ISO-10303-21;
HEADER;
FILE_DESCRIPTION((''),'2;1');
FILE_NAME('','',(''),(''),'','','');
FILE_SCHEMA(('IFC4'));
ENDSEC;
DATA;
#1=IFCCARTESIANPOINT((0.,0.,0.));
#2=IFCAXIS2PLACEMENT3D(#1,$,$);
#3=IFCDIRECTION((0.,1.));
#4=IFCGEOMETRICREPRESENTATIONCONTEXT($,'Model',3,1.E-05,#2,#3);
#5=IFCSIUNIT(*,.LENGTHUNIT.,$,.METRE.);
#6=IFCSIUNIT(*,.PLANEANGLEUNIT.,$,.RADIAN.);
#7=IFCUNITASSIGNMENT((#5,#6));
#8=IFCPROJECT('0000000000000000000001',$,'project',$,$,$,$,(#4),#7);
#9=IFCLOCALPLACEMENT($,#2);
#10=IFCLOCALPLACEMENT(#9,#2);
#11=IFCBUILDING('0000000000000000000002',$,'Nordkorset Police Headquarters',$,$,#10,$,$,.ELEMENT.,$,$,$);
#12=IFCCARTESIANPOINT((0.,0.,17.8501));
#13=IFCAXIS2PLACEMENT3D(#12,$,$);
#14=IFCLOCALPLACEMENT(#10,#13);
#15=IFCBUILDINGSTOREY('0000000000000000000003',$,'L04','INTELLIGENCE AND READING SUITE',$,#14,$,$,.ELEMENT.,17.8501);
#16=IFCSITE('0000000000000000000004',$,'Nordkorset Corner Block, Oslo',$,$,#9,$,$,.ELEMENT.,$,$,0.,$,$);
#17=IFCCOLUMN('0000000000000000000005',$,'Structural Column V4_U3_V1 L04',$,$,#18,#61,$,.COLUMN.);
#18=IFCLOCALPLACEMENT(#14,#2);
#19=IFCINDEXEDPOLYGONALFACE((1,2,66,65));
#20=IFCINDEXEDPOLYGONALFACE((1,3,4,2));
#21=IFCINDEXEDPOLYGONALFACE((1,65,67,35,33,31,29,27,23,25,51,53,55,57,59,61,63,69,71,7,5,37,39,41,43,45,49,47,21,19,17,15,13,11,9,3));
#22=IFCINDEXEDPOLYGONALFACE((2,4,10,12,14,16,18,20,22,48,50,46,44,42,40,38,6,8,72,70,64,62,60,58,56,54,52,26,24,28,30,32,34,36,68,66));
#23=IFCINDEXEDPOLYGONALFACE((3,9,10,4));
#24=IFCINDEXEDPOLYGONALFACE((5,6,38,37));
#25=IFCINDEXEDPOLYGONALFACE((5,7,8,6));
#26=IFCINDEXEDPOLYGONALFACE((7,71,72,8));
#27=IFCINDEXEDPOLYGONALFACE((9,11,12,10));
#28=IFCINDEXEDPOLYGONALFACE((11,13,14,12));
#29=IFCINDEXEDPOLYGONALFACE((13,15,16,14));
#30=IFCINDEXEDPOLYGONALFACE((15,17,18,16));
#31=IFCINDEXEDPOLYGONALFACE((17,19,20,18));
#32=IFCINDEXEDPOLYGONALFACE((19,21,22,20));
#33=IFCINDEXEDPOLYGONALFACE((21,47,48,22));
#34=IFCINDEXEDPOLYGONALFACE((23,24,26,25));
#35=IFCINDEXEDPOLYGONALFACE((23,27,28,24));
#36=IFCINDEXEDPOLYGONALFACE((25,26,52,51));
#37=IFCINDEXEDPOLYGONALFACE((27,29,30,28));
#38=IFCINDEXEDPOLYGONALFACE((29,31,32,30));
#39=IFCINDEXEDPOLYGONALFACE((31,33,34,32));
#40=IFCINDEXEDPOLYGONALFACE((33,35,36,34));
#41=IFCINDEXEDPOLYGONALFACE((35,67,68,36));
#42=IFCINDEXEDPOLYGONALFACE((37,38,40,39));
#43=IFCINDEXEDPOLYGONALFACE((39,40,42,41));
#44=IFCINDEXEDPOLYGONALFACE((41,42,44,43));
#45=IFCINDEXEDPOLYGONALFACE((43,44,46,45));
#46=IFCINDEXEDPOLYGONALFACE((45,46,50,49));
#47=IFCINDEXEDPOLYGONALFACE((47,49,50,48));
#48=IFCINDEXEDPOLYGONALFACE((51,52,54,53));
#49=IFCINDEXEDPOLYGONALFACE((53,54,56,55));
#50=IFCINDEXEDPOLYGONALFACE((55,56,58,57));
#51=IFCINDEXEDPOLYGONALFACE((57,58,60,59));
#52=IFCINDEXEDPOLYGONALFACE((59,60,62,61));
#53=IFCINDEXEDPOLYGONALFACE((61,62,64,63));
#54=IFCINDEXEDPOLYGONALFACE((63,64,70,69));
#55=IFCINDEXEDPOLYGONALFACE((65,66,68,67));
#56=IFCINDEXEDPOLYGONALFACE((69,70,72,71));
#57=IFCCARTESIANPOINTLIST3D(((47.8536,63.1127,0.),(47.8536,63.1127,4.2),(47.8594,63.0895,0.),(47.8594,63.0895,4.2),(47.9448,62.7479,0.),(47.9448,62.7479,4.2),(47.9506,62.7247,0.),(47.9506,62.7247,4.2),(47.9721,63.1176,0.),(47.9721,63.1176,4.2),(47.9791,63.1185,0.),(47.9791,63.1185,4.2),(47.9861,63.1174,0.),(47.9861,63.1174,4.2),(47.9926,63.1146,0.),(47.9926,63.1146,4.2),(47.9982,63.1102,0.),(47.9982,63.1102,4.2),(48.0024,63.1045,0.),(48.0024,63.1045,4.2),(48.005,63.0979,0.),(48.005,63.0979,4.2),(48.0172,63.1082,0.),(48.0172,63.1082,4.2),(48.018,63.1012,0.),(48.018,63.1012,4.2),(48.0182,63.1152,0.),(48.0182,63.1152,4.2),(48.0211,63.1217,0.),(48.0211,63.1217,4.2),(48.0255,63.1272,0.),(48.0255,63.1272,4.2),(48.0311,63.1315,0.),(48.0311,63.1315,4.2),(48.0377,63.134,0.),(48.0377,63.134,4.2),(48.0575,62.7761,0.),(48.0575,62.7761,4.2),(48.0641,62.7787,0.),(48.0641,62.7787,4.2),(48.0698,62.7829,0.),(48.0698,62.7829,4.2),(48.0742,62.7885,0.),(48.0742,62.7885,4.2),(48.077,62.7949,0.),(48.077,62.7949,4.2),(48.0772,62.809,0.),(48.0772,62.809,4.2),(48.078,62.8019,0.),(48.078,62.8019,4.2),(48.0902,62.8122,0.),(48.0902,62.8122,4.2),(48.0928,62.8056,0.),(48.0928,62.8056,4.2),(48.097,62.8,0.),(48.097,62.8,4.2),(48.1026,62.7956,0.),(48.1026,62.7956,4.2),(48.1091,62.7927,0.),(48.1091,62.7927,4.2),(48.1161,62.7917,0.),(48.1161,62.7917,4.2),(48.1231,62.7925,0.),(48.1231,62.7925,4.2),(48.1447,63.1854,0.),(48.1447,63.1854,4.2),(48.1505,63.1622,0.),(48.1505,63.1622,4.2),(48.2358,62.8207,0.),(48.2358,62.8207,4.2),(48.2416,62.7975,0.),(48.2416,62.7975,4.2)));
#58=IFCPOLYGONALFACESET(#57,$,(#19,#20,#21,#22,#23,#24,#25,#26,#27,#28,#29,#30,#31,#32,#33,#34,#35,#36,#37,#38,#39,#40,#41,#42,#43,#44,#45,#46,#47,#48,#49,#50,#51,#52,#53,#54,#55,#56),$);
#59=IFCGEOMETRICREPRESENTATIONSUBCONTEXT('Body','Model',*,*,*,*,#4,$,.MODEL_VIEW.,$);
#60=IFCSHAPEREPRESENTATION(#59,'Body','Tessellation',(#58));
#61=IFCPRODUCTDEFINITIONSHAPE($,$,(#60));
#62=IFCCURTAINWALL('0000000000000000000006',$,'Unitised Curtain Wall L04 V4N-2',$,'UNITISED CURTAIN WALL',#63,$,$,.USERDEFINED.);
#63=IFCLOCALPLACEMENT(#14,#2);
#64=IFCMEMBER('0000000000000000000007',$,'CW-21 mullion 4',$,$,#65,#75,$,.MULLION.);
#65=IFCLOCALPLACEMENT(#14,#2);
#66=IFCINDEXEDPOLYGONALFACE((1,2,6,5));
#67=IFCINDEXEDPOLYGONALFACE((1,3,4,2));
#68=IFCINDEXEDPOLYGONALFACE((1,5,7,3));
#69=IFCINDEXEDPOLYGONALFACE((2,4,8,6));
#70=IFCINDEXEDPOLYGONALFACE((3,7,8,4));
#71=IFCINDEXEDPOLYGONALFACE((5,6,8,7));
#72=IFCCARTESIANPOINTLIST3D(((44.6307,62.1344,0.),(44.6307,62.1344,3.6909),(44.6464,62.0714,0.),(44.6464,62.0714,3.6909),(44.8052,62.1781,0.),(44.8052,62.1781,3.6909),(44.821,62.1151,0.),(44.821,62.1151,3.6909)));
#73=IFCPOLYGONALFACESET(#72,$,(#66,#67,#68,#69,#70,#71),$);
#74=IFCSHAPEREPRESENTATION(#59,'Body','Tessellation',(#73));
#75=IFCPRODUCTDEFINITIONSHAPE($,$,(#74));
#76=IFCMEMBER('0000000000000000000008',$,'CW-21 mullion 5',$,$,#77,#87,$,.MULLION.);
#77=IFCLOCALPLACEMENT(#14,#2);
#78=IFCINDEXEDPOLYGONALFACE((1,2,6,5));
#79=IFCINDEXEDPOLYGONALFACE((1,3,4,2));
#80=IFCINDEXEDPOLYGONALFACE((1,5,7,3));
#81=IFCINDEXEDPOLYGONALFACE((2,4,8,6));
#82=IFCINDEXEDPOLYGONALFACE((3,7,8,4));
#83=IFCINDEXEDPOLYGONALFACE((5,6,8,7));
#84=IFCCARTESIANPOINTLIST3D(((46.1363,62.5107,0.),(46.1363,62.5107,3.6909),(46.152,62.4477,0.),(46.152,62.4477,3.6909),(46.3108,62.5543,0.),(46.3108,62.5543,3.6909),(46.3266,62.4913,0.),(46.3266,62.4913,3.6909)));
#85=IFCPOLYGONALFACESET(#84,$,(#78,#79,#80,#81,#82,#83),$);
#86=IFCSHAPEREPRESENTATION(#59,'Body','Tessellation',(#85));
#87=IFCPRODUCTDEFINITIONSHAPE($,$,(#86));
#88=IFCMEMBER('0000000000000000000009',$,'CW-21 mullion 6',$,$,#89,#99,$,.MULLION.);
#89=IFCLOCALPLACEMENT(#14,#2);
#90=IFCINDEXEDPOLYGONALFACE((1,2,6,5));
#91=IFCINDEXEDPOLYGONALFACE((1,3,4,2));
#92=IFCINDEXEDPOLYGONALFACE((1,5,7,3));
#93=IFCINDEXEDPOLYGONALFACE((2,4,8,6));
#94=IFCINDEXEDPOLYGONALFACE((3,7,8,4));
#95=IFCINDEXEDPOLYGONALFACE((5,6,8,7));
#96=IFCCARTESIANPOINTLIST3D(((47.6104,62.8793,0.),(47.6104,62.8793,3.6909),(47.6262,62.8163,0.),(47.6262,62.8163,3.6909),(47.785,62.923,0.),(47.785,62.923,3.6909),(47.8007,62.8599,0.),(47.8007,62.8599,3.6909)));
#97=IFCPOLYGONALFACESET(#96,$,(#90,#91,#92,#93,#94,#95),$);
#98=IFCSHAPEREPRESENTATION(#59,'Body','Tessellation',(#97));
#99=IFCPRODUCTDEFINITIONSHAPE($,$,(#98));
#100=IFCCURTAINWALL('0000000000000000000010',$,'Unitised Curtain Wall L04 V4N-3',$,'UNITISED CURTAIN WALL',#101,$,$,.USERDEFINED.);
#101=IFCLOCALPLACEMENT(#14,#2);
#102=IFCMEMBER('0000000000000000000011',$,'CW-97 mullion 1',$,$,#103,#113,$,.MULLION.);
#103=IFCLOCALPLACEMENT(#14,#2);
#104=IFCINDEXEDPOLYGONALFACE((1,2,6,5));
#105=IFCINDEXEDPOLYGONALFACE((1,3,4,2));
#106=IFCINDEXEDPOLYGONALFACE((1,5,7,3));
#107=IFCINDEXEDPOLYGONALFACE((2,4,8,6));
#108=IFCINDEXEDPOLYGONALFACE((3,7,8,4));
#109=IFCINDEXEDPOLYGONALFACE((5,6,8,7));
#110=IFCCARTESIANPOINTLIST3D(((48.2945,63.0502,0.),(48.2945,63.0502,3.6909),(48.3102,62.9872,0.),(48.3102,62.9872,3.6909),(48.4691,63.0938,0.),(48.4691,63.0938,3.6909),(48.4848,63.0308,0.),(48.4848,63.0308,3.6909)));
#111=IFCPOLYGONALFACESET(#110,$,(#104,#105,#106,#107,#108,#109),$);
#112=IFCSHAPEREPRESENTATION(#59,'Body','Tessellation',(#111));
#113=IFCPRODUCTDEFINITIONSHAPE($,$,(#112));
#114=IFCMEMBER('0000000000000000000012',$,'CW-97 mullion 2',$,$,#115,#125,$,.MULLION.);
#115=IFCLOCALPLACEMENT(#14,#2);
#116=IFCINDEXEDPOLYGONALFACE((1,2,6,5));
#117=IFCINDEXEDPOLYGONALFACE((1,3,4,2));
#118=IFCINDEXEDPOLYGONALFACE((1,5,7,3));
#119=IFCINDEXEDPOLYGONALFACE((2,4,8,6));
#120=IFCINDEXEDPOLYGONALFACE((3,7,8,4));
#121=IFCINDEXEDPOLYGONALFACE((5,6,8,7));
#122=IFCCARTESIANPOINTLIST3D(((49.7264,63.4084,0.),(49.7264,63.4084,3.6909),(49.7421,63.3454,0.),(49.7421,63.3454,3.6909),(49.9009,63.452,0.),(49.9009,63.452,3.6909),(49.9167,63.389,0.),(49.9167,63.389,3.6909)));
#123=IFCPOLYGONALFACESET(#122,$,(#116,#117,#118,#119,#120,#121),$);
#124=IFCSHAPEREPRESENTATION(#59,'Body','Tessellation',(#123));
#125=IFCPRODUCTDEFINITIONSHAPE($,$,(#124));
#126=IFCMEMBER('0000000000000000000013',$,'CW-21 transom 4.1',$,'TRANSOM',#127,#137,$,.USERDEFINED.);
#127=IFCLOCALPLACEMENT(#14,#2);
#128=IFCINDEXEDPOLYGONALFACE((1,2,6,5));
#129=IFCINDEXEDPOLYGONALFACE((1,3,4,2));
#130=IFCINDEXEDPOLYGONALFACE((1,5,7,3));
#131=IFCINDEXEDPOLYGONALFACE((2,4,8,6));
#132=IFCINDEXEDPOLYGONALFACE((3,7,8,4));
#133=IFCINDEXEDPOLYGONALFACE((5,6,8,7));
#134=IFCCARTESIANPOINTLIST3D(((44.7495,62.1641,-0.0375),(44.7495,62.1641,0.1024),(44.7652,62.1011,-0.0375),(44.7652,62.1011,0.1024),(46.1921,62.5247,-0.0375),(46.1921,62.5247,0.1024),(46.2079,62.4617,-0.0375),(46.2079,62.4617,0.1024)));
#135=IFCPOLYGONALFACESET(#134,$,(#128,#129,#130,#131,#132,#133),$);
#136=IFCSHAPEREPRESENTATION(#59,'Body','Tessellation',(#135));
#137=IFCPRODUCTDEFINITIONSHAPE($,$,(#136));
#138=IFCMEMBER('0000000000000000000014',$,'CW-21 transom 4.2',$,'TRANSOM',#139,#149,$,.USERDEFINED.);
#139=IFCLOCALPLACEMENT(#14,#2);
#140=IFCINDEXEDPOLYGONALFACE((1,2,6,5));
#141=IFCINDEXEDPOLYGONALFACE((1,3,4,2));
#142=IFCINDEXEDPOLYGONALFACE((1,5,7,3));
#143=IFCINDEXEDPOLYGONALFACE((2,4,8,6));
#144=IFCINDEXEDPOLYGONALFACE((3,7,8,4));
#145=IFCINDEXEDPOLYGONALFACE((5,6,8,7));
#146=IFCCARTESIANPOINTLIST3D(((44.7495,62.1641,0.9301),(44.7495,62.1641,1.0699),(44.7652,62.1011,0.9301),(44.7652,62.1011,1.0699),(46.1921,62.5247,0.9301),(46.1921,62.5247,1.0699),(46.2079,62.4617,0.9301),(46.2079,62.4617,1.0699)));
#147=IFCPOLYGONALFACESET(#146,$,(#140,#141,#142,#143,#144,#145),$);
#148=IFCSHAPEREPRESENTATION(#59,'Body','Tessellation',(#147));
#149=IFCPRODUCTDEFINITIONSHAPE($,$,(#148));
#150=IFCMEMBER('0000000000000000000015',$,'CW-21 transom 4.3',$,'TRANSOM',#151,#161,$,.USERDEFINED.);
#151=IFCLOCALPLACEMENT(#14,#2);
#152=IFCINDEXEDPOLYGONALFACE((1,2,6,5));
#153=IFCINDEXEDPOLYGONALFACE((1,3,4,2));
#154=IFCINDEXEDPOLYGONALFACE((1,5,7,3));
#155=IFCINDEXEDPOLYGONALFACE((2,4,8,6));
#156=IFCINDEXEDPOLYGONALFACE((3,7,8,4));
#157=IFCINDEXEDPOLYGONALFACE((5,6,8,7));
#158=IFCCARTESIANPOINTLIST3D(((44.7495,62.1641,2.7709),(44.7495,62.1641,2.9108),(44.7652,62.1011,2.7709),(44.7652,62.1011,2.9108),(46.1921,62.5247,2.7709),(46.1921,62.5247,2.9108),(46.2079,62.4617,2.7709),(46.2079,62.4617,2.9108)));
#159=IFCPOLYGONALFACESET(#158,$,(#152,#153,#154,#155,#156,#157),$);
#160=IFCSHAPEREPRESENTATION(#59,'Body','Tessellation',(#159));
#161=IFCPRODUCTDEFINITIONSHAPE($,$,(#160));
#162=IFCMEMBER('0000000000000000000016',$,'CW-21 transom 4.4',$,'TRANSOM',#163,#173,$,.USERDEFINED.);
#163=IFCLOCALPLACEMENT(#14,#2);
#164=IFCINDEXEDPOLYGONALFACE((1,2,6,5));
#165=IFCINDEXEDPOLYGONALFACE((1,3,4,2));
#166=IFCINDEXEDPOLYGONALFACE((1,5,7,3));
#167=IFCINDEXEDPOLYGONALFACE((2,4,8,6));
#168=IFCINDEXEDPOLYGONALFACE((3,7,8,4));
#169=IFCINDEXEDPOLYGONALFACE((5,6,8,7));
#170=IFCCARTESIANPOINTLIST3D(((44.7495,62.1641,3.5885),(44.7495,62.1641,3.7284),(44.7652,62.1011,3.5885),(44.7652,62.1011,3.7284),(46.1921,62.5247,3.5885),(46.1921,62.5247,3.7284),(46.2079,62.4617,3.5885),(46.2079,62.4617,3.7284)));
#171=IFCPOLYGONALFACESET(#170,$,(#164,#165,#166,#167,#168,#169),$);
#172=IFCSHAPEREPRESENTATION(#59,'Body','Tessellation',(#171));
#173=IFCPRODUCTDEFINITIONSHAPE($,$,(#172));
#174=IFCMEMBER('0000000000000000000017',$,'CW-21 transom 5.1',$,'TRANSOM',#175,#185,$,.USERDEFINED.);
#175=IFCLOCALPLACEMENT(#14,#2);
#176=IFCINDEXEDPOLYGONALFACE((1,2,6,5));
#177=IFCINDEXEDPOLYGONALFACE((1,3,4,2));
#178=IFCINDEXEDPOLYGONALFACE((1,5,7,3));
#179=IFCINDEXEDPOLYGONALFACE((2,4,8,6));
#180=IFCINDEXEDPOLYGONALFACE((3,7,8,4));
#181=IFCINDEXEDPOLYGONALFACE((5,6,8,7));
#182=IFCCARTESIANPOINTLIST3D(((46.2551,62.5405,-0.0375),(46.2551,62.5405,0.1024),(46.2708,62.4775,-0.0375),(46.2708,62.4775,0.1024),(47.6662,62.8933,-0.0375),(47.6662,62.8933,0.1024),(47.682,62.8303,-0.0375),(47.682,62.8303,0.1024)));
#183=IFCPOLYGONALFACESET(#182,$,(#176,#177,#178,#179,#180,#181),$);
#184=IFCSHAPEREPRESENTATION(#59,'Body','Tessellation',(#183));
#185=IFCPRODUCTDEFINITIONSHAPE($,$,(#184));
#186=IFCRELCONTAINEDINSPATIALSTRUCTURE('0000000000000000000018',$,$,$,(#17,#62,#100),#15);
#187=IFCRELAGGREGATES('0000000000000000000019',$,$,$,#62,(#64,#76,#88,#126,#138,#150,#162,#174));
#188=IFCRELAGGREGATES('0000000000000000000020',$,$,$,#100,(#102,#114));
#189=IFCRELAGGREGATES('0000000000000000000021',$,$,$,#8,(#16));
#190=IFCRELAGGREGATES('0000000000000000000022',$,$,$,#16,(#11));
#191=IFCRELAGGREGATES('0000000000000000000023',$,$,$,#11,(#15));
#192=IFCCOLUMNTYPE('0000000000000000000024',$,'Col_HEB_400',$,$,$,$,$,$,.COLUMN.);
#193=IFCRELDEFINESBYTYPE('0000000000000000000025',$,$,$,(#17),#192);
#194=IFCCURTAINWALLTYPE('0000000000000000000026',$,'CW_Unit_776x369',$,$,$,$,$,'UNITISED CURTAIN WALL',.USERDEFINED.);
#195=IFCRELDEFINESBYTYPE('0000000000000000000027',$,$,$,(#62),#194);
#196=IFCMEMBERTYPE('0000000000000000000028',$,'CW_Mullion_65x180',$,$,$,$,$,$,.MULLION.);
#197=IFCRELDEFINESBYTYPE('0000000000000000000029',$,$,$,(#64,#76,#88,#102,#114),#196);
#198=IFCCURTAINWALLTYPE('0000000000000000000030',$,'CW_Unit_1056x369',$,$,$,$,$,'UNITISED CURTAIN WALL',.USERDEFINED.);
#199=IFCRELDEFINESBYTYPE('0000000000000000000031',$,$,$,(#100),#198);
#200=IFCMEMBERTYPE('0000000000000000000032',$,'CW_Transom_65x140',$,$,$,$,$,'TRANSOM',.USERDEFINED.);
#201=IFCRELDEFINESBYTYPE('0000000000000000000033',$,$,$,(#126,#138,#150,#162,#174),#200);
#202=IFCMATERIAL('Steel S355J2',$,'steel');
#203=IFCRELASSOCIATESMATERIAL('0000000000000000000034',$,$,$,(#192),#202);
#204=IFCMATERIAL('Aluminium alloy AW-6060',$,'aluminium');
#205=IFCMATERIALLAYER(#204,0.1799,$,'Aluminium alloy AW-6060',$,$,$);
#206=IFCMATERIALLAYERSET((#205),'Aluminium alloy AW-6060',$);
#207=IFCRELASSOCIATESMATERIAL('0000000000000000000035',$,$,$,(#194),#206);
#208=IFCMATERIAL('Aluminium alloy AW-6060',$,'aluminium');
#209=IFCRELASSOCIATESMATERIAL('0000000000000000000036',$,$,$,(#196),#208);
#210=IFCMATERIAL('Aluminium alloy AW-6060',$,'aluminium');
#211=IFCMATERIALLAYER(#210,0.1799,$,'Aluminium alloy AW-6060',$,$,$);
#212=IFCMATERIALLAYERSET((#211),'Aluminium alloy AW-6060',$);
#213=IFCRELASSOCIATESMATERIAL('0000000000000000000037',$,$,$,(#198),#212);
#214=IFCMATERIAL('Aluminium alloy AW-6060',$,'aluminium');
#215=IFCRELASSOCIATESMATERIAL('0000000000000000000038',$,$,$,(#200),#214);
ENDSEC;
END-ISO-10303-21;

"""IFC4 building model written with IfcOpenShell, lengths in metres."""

from ifc_helpers import new_model, si_unit, direction, frame, origin, origin_2d, place, context, subcontext, project, spatial, rectangle, i_section, extrude, material, layer, layer_set, material_profile, profile_set, type_object, element, aggregate, save


model = new_model("IFC4")

# Units and contexts
model_context = context("Model", 3, precision=1e-05, world=origin(), true_north=direction((0.0, 1.0)))
body_context = subcontext(model_context, "Body", "Model", "MODEL_VIEW")
ifc_project = project(units=[si_unit("LENGTHUNIT", "METRE"), si_unit("PLANEANGLEUNIT", "RADIAN")], contexts=[model_context])

# Site, building, storey
site_placement = place(None, origin())
site = spatial("IfcSite", under=ifc_project, at=site_placement, Name="Nordkorset Corner Block, Oslo", CompositionType="ELEMENT", RefElevation=0.0)
building_placement = place(site_placement, origin())
building = spatial("IfcBuilding", under=site, at=building_placement, Name="Nordkorset Police Headquarters", CompositionType="ELEMENT")
storey_placement = place(building_placement, frame((0.0, 0.0, 17.8501)))
storey = spatial("IfcBuildingStorey", under=building, at=storey_placement, Name="L04", Description="INTELLIGENCE AND READING SUITE", CompositionType="ELEMENT", Elevation=17.8501)

# Column
ifc_material_1 = material(Name="Steel S355J2", Category="steel")
ifc_material_profile_1 = material_profile(ifc_material_1, i_section(OverallWidth=0.3, OverallDepth=0.3999, WebThickness=0.0134, FlangeThickness=0.0239, FilletRadius=0.0271, at=origin_2d()), Name="HEB 400")
ifc_profile_set_1 = profile_set([ifc_material_profile_1], Name="Steel S355J2")
column_type = type_object("IfcColumnType", Name="Col_HEB_400", PredefinedType="COLUMN", material=ifc_profile_set_1)
column_placement = place(storey_placement, frame((48.0476, 62.9551, 0.0), z_axis=(0.0, 0.0, 1.0), x_axis=(0.970143, 0.242536, 0.0)))
element("IfcColumn", 1, at=column_placement, inside=storey, type_object=column_type, Name="Structural Column V4_U3_V1 L04", PredefinedType="COLUMN", context=body_context, shape_type="SweptSolid", body=[
    extrude(i_section(OverallWidth=0.3, OverallDepth=0.3999, WebThickness=0.0134, FlangeThickness=0.0239, FilletRadius=0.0271, at=origin_2d()), origin(), (0.0, 0.0, 1.0), 4.2),
])

# Curtain walls, members
ifc_material_2 = material(Name="Aluminium alloy AW-6060", Category="aluminium")
ifc_layer_1 = layer(ifc_material_2, 0.1799, Name="Aluminium alloy AW-6060")
ifc_layer_set_1 = layer_set([ifc_layer_1], Name="Aluminium alloy AW-6060")
curtain_wall_type_1 = type_object("IfcCurtainWallType", Name="CW_Unit_776x369", ElementType="UNITISED CURTAIN WALL", PredefinedType="USERDEFINED", material=ifc_layer_set_1)
curtain_wall_1_placement = place(storey_placement, origin())
curtain_wall_1 = element("IfcCurtainWall", 2, at=curtain_wall_1_placement, inside=storey, type_object=curtain_wall_type_1, Name="Unitised Curtain Wall L04 V4N-2", ObjectType="UNITISED CURTAIN WALL", PredefinedType="USERDEFINED")
ifc_material_3 = material(Name="Aluminium alloy AW-6060", Category="aluminium")
ifc_material_profile_2 = material_profile(ifc_material_3, rectangle(XDim=0.0649, YDim=0.1799, at=origin_2d()), Name="ALU MULL 65x180")
ifc_profile_set_2 = profile_set([ifc_material_profile_2], Name="Aluminium alloy AW-6060")
member_type_1 = type_object("IfcMemberType", Name="CW_Mullion_65x180", PredefinedType="MULLION", material=ifc_profile_set_2)
member_1_placement = place(storey_placement, frame((44.7258, 62.1248, 0.0), z_axis=(0.0, 0.0, 1.0), x_axis=(-0.242536, 0.970142, 0.0)))
member_1 = element("IfcMember", 3, at=member_1_placement, type_object=member_type_1, Name="CW-21 mullion 4", PredefinedType="MULLION", context=body_context, shape_type="SweptSolid", body=[
    extrude(rectangle(XDim=0.0649, YDim=0.1799, at=origin_2d()), origin(), (0.0, 0.0, 1.0), 3.6909),
])
member_2_placement = place(storey_placement, frame((46.2314, 62.501, 0.0), z_axis=(0.0, 0.0, 1.0), x_axis=(-0.242536, 0.970142, 0.0)))
member_2 = element("IfcMember", 4, at=member_2_placement, type_object=member_type_1, Name="CW-21 mullion 5", PredefinedType="MULLION", context=body_context, shape_type="SweptSolid", body=[
    extrude(rectangle(XDim=0.0649, YDim=0.1799, at=origin_2d()), origin(), (0.0, 0.0, 1.0), 3.6909),
])
member_3_placement = place(storey_placement, frame((47.7056, 62.8696, 0.0), z_axis=(0.0, 0.0, 1.0), x_axis=(-0.242536, 0.970142, 0.0)))
member_3 = element("IfcMember", 5, at=member_3_placement, type_object=member_type_1, Name="CW-21 mullion 6", PredefinedType="MULLION", context=body_context, shape_type="SweptSolid", body=[
    extrude(rectangle(XDim=0.0649, YDim=0.1799, at=origin_2d()), origin(), (0.0, 0.0, 1.0), 3.6909),
])
ifc_material_4 = material(Name="Aluminium alloy AW-6060", Category="aluminium")
ifc_layer_2 = layer(ifc_material_4, 0.1799, Name="Aluminium alloy AW-6060")
ifc_layer_set_2 = layer_set([ifc_layer_2], Name="Aluminium alloy AW-6060")
curtain_wall_type_2 = type_object("IfcCurtainWallType", Name="CW_Unit_1056x369", ElementType="UNITISED CURTAIN WALL", PredefinedType="USERDEFINED", material=ifc_layer_set_2)
curtain_wall_2_placement = place(storey_placement, origin())
curtain_wall_2 = element("IfcCurtainWall", 6, at=curtain_wall_2_placement, inside=storey, type_object=curtain_wall_type_2, Name="Unitised Curtain Wall L04 V4N-3", ObjectType="UNITISED CURTAIN WALL", PredefinedType="USERDEFINED")
member_4_placement = place(storey_placement, frame((48.3896, 63.0405, 0.0), z_axis=(0.0, 0.0, 1.0), x_axis=(-0.242536, 0.970142, 0.0)))
member_4 = element("IfcMember", 7, at=member_4_placement, type_object=member_type_1, Name="CW-97 mullion 1", PredefinedType="MULLION", context=body_context, shape_type="SweptSolid", body=[
    extrude(rectangle(XDim=0.0649, YDim=0.1799, at=origin_2d()), origin(), (0.0, 0.0, 1.0), 3.6909),
])
member_5_placement = place(storey_placement, frame((49.8215, 63.3987, 0.0), z_axis=(0.0, 0.0, 1.0), x_axis=(-0.242536, 0.970142, 0.0)))
member_5 = element("IfcMember", 8, at=member_5_placement, type_object=member_type_1, Name="CW-97 mullion 2", PredefinedType="MULLION", context=body_context, shape_type="SweptSolid", body=[
    extrude(rectangle(XDim=0.0649, YDim=0.1799, at=origin_2d()), origin(), (0.0, 0.0, 1.0), 3.6909),
])

# Members
ifc_material_5 = material(Name="Aluminium alloy AW-6060", Category="aluminium")
ifc_material_profile_3 = material_profile(ifc_material_5, rectangle(XDim=0.0649, YDim=0.1399, at=origin_2d()), Name="ALU TRAN 65x140")
ifc_profile_set_3 = profile_set([ifc_material_profile_3], Name="Aluminium alloy AW-6060")
member_type_2 = type_object("IfcMemberType", Name="CW_Transom_65x140", ElementType="TRANSOM", PredefinedType="USERDEFINED", material=ifc_profile_set_3)
member_6_placement = place(storey_placement, frame((44.7573, 62.1326, 0.0325), z_axis=(0.970152, 0.242497, 0.0), x_axis=(-0.242497, 0.970152, 0.0)))
member_6 = element("IfcMember", 9, at=member_6_placement, type_object=member_type_2, Name="CW-21 transom 4.1", ObjectType="TRANSOM", PredefinedType="USERDEFINED", context=body_context, shape_type="SweptSolid", body=[
    extrude(rectangle(XDim=0.0649, YDim=0.1399, at=origin_2d()), origin(), (0.0, 0.0, 1.0), 1.4871),
])
member_7_placement = place(storey_placement, frame((44.7573, 62.1326, 1.0), z_axis=(0.970152, 0.242497, 0.0), x_axis=(-0.242497, 0.970152, 0.0)))
member_7 = element("IfcMember", 10, at=member_7_placement, type_object=member_type_2, Name="CW-21 transom 4.2", ObjectType="TRANSOM", PredefinedType="USERDEFINED", context=body_context, shape_type="SweptSolid", body=[
    extrude(rectangle(XDim=0.0649, YDim=0.1399, at=origin_2d()), origin(), (0.0, 0.0, 1.0), 1.4871),
])
member_8_placement = place(storey_placement, frame((44.7573, 62.1326, 2.8408), z_axis=(0.970152, 0.242497, 0.0), x_axis=(-0.242497, 0.970152, 0.0)))
member_8 = element("IfcMember", 11, at=member_8_placement, type_object=member_type_2, Name="CW-21 transom 4.3", ObjectType="TRANSOM", PredefinedType="USERDEFINED", context=body_context, shape_type="SweptSolid", body=[
    extrude(rectangle(XDim=0.0649, YDim=0.1399, at=origin_2d()), origin(), (0.0, 0.0, 1.0), 1.4871),
])
member_9_placement = place(storey_placement, frame((44.7573, 62.1326, 3.6584), z_axis=(0.970152, 0.242497, 0.0), x_axis=(-0.242497, 0.970152, 0.0)))
member_9 = element("IfcMember", 12, at=member_9_placement, type_object=member_type_2, Name="CW-21 transom 4.4", ObjectType="TRANSOM", PredefinedType="USERDEFINED", context=body_context, shape_type="SweptSolid", body=[
    extrude(rectangle(XDim=0.0649, YDim=0.1399, at=origin_2d()), origin(), (0.0, 0.0, 1.0), 1.4871),
])
member_10_placement = place(storey_placement, frame((46.2629, 62.509, 0.0325), z_axis=(0.970143, 0.242536, 0.0), x_axis=(-0.242536, 0.970143, 0.0)))
member_10 = element("IfcMember", 13, at=member_10_placement, type_object=member_type_2, Name="CW-21 transom 5.1", ObjectType="TRANSOM", PredefinedType="USERDEFINED", context=body_context, shape_type="SweptSolid", body=[
    extrude(rectangle(XDim=0.0649, YDim=0.1399, at=origin_2d()), origin(), (0.0, 0.0, 1.0), 1.4546),
])

aggregate(curtain_wall_1, [member_1, member_2, member_3, member_6, member_7, member_8, member_9, member_10])
aggregate(curtain_wall_2, [member_4, member_5])

save(model, "model.ifc")
